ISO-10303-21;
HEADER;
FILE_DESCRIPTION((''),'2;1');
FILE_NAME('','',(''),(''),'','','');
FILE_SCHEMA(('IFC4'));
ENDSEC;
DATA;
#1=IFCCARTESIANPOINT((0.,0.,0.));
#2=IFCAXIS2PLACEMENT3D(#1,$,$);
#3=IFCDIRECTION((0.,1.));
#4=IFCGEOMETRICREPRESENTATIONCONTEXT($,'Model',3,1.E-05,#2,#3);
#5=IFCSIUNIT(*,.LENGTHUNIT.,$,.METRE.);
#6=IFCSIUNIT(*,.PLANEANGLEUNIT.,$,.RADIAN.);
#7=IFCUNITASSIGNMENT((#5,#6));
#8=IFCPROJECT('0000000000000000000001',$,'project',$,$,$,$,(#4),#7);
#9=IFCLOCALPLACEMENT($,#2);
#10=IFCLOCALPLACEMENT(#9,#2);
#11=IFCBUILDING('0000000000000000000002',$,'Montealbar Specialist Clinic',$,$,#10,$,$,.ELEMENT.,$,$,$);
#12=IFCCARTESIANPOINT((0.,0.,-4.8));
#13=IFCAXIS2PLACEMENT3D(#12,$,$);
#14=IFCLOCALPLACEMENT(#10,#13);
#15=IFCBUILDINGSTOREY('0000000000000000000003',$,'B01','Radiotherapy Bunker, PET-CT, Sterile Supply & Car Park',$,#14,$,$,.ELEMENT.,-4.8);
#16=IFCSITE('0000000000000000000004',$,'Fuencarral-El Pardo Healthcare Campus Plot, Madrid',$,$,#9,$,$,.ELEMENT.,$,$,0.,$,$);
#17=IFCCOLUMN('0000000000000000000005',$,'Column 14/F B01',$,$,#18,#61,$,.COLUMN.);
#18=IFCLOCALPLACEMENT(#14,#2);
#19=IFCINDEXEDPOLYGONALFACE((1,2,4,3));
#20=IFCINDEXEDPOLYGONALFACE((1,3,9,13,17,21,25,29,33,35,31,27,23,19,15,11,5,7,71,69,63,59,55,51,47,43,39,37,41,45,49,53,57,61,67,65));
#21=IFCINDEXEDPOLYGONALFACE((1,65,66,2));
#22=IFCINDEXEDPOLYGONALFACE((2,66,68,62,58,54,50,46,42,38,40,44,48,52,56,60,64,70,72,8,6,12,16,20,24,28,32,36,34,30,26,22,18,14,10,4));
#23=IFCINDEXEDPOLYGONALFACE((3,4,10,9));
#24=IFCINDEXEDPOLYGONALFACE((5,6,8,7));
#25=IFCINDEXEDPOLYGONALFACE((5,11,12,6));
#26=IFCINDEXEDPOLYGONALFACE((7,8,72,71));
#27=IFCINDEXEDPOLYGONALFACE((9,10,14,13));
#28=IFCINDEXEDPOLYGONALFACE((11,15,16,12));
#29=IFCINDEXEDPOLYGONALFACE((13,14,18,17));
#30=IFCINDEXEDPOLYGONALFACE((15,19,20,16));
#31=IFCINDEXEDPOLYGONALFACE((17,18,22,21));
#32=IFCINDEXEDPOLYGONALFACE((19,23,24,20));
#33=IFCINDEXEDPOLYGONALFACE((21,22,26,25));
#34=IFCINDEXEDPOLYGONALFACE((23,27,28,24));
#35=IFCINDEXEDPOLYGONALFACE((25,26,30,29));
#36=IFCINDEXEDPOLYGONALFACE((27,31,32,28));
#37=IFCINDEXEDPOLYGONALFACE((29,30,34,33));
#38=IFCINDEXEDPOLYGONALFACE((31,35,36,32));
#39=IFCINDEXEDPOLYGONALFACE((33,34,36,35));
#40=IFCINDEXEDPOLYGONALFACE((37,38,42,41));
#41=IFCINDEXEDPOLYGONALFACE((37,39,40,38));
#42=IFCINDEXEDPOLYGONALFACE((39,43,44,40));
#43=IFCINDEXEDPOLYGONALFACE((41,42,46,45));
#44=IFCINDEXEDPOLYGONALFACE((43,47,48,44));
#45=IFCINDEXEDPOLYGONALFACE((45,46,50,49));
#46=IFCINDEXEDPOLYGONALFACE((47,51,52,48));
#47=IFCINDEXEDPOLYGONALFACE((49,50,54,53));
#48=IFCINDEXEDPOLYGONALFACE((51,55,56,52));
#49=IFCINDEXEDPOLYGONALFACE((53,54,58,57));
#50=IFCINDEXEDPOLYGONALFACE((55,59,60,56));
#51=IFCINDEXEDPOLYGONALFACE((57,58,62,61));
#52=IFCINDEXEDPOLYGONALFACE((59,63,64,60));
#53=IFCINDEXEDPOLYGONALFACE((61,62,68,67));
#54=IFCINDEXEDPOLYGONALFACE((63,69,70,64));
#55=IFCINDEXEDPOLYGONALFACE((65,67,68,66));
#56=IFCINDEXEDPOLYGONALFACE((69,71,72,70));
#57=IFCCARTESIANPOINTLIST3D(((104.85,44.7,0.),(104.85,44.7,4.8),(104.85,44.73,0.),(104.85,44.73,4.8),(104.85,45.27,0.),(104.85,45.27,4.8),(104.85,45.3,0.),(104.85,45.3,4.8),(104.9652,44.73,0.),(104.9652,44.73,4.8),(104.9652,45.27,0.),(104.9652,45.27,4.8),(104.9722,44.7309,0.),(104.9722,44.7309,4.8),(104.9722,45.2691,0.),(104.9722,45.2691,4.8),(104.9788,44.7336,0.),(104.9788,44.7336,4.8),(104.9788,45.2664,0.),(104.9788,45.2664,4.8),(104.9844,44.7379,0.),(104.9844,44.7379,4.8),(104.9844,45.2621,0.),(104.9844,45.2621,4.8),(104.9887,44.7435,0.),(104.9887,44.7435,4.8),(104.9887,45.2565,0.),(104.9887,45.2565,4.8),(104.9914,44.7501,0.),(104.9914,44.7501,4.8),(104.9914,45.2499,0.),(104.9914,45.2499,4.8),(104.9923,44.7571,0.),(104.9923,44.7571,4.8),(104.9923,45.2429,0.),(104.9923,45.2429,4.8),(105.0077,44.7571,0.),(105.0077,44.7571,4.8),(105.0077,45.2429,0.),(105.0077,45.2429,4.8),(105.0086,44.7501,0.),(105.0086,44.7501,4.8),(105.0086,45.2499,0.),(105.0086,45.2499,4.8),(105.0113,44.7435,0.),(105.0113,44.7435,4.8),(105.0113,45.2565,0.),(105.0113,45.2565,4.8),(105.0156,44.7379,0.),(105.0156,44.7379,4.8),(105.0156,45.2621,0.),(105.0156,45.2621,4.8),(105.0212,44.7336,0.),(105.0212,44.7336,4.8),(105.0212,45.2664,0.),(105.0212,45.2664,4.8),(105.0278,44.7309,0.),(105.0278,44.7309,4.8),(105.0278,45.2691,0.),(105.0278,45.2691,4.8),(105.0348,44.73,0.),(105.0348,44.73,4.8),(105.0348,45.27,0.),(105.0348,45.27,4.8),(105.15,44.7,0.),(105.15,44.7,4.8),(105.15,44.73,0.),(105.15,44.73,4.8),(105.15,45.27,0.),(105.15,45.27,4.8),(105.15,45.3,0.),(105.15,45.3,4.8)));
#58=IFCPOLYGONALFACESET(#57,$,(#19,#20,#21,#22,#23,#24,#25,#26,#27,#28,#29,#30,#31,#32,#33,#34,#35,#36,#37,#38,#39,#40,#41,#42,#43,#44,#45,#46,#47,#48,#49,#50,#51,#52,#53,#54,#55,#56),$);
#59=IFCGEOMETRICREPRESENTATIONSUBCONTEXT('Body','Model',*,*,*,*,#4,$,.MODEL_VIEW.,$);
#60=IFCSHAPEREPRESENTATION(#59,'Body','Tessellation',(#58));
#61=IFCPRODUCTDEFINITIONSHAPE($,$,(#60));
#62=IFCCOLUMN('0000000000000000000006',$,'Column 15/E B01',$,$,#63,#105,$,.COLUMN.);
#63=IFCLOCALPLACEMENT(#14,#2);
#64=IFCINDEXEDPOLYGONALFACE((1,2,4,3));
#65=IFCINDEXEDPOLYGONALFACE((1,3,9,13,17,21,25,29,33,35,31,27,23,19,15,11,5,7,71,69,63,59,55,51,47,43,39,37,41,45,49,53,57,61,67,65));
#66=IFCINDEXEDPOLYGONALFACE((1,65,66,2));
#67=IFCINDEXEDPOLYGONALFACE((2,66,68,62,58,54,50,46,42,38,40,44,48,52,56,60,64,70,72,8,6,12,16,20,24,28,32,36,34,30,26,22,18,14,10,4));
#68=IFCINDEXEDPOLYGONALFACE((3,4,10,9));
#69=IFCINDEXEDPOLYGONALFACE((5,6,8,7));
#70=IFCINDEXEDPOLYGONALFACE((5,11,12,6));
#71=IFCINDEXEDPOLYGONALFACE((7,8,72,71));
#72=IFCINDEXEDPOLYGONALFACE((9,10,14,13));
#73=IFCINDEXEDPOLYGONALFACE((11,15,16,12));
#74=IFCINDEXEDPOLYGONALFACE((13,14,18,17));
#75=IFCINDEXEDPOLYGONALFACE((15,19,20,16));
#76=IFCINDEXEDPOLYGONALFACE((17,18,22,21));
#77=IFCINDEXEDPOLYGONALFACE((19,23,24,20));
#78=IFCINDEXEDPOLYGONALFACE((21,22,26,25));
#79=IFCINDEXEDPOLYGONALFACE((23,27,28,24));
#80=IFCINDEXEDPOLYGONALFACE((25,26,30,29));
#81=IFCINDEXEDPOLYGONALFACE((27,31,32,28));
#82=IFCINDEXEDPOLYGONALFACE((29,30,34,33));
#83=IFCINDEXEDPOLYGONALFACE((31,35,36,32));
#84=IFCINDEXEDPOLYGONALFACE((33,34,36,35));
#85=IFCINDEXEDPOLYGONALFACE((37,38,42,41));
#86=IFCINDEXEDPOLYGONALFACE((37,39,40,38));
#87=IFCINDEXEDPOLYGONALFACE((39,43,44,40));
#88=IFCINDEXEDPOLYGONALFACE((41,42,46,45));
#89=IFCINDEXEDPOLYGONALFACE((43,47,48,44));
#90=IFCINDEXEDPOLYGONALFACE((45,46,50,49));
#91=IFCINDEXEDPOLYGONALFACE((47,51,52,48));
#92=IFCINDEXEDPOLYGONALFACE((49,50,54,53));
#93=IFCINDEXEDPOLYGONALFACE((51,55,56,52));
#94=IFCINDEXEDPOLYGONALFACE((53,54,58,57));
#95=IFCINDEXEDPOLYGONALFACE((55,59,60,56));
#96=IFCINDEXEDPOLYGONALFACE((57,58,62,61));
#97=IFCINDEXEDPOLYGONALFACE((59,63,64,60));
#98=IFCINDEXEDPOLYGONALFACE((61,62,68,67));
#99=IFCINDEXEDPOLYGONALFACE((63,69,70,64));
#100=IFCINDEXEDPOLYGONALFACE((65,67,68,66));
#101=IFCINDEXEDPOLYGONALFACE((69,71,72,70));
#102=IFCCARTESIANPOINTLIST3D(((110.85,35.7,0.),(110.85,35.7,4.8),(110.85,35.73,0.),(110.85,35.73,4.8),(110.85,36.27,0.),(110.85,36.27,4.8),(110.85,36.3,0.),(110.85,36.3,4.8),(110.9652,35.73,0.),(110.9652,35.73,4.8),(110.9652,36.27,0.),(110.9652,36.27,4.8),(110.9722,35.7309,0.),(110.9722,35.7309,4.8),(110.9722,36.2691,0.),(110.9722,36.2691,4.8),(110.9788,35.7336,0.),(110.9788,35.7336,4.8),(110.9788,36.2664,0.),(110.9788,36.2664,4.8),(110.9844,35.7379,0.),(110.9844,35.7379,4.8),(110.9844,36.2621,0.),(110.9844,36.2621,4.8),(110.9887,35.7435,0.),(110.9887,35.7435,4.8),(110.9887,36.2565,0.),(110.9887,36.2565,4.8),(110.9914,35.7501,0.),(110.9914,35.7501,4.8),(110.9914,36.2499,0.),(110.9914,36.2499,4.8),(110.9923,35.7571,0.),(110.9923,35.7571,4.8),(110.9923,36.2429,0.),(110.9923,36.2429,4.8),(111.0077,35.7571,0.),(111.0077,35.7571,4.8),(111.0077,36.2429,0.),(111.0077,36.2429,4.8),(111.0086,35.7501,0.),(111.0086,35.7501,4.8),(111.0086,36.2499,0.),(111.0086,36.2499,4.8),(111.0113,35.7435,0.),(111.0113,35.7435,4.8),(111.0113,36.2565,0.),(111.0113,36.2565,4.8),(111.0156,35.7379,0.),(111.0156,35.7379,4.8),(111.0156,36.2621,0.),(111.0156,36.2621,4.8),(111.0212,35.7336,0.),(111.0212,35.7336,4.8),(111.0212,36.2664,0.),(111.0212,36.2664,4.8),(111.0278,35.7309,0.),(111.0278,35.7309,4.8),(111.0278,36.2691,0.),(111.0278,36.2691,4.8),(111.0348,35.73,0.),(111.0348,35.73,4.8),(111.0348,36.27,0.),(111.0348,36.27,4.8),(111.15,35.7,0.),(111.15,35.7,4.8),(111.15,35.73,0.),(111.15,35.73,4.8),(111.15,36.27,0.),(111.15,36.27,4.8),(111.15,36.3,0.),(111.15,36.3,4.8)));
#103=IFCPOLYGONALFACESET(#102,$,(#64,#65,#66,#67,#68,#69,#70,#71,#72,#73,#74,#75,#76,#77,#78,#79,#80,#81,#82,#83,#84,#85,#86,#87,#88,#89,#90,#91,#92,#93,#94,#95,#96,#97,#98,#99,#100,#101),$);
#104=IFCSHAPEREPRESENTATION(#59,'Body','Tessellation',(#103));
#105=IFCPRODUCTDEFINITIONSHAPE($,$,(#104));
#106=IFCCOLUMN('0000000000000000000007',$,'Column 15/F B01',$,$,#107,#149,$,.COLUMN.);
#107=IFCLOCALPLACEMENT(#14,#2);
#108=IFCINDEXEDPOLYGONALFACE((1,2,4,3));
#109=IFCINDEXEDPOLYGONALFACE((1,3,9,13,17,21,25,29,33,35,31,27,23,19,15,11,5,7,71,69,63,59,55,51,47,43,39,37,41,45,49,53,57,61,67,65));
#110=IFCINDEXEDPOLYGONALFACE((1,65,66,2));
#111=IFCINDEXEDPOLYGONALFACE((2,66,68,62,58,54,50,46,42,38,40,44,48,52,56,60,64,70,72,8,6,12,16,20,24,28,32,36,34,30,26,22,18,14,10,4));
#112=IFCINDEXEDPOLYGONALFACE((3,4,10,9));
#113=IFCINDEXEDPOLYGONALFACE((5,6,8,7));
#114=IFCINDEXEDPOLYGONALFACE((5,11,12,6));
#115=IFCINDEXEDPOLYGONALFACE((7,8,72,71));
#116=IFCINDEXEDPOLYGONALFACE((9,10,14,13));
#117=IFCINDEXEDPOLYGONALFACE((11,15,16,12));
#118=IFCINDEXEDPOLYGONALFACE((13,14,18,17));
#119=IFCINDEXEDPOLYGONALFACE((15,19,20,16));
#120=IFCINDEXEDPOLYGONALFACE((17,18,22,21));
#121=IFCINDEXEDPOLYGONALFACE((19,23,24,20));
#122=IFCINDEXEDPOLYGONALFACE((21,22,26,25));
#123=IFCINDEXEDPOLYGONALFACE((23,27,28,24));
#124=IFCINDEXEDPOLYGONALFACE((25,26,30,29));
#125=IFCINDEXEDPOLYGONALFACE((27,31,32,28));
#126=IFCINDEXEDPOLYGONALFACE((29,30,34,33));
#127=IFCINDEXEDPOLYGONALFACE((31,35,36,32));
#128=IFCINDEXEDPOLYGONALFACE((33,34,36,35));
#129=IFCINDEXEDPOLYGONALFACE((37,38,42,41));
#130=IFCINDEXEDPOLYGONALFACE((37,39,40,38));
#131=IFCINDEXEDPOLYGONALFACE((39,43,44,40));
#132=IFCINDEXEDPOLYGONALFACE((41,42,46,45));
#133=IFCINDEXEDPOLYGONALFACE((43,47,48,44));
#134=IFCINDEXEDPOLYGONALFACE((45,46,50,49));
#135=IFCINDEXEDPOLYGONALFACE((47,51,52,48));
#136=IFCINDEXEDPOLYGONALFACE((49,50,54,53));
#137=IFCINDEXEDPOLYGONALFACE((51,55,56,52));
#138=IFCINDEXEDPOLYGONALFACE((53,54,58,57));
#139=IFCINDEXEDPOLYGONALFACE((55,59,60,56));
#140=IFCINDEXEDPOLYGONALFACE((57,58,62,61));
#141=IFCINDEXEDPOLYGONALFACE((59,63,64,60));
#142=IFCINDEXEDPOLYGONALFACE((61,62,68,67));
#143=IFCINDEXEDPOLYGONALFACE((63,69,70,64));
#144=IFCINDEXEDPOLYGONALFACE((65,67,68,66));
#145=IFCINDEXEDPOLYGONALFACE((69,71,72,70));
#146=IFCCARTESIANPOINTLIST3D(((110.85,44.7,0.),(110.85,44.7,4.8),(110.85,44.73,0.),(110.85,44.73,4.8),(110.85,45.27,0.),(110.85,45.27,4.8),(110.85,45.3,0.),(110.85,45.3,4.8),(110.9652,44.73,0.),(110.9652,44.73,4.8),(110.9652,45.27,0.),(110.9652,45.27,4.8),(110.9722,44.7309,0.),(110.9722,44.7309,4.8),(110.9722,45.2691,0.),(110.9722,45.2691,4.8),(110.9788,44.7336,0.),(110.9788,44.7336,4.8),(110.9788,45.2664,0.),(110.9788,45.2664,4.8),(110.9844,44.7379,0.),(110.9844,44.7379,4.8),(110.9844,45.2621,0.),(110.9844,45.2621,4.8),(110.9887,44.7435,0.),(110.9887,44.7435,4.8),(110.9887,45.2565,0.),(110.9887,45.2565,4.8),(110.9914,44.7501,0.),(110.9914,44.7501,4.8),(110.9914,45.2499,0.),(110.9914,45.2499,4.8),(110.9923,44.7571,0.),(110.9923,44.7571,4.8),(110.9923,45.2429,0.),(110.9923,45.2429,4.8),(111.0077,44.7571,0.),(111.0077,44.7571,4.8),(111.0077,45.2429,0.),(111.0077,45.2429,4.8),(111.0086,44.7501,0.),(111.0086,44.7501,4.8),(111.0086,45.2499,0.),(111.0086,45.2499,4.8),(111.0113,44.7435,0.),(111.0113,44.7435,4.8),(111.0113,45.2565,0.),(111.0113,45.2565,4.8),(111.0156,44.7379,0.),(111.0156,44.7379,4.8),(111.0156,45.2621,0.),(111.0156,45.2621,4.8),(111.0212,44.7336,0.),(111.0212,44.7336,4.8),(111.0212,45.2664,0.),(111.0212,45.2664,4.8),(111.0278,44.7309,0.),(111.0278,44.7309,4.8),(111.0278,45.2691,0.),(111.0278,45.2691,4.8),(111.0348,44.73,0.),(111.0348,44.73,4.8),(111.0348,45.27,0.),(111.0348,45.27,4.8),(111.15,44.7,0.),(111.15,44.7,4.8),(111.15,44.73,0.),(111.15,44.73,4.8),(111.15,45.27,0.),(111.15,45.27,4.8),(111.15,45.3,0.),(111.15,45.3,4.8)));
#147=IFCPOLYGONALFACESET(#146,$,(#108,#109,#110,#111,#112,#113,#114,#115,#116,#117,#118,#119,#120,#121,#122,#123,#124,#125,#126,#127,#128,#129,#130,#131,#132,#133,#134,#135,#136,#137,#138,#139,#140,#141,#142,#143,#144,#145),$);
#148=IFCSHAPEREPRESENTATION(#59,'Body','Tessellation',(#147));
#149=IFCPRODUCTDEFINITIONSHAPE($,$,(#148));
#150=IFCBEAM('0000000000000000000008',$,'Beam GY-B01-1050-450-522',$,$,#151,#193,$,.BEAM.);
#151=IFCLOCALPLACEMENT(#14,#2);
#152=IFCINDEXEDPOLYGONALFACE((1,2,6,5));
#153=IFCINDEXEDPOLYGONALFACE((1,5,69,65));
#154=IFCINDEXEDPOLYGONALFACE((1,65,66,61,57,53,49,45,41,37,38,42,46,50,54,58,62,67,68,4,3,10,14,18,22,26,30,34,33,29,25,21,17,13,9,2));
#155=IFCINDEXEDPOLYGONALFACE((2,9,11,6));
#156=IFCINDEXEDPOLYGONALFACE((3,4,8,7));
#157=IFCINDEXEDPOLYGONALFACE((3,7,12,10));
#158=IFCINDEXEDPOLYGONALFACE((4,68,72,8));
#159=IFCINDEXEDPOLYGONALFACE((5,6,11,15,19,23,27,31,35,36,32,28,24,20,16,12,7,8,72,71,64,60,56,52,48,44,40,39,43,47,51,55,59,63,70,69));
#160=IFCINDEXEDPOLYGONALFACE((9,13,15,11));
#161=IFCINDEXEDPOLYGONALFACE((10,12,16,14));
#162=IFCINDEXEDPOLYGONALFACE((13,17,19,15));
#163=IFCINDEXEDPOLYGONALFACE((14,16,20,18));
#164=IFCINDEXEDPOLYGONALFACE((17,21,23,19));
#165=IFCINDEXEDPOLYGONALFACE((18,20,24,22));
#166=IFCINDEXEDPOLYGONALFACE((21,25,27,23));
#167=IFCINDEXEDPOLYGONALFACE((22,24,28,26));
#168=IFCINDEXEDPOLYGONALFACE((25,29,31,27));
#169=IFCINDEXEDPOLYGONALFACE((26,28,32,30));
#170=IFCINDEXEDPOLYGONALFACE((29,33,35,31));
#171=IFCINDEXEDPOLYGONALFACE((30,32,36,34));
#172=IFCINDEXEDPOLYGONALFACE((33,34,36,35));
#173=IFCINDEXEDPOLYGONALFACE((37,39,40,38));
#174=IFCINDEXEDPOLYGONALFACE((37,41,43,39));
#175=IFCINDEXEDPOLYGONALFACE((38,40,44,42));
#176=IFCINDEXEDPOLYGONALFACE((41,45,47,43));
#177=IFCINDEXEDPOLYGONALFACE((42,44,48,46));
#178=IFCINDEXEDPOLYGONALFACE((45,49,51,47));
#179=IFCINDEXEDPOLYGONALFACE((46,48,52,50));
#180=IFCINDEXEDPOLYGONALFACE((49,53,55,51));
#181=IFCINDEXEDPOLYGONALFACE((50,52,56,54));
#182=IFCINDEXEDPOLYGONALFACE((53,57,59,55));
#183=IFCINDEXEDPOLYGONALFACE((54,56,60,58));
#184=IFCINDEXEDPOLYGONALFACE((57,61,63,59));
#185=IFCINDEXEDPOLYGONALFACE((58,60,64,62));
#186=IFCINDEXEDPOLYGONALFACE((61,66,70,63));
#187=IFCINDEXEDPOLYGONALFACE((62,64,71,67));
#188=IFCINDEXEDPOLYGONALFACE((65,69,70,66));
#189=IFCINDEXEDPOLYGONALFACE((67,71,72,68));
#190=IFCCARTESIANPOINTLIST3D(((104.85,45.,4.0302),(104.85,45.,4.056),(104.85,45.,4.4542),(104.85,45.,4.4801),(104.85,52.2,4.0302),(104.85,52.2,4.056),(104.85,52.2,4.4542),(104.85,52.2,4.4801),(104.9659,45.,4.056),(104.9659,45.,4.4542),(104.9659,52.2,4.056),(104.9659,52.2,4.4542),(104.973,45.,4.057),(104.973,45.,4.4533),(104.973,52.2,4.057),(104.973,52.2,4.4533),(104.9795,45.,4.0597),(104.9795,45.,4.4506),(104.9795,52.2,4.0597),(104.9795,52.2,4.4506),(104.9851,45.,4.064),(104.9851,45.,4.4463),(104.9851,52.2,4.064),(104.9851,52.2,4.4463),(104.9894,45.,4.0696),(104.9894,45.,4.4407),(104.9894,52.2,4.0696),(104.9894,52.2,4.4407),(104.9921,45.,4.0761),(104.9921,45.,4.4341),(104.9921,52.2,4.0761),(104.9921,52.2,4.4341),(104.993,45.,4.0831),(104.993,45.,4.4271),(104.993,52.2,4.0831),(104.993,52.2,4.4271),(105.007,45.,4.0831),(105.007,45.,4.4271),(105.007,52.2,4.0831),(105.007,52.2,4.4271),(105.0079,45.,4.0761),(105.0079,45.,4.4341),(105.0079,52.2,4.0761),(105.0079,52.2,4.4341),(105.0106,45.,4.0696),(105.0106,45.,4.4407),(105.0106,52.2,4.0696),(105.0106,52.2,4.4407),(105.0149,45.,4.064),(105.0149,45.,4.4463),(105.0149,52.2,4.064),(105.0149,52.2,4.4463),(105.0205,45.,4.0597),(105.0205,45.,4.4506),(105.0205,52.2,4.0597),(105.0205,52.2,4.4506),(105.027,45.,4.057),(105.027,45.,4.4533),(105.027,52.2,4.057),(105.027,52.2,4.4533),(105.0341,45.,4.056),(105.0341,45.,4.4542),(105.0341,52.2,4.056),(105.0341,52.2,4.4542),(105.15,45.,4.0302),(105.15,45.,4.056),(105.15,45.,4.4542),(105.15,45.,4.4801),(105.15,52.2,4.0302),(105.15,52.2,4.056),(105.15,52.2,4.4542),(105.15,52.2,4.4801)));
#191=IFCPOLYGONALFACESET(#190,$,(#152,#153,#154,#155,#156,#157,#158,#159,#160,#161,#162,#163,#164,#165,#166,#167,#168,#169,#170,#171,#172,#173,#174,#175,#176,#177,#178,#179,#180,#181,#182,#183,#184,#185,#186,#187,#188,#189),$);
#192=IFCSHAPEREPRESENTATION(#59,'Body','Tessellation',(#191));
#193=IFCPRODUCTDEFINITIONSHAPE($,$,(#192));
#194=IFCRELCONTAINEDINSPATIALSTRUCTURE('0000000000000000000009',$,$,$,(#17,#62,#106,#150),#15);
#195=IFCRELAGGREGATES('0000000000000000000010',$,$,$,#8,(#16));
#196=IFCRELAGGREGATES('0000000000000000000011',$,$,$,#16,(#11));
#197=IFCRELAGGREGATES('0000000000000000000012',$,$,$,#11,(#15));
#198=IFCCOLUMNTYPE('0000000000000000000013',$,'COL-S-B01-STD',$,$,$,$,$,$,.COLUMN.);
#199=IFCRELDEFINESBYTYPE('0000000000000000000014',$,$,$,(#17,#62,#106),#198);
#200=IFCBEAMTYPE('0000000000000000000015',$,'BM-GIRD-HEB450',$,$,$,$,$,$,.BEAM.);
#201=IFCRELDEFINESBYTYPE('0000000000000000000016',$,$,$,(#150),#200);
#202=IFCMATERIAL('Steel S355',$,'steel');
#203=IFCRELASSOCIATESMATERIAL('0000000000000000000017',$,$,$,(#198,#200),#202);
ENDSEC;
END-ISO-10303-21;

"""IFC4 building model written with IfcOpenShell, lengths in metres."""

from ifc_helpers import new_model, si_unit, direction, frame, origin, origin_2d, place, context, subcontext, project, spatial, i_section, extrude, material, material_profile, profile_set, type_object, element, save


model = new_model("IFC4")

# Units and contexts
model_context = context("Model", 3, precision=1e-05, world=origin(), true_north=direction((0.0, 1.0)))
body_context = subcontext(model_context, "Body", "Model", "MODEL_VIEW")
ifc_project = project(units=[si_unit("LENGTHUNIT", "METRE"), si_unit("PLANEANGLEUNIT", "RADIAN")], contexts=[model_context])

# Site, building, storey
site_placement = place(None, origin())
site = spatial("IfcSite", under=ifc_project, at=site_placement, Name="Fuencarral-El Pardo Healthcare Campus Plot, Madrid", CompositionType="ELEMENT", RefElevation=0.0)
building_placement = place(site_placement, origin())
building = spatial("IfcBuilding", under=site, at=building_placement, Name="Montealbar Specialist Clinic", CompositionType="ELEMENT")
storey_placement = place(building_placement, frame((0.0, 0.0, -4.8)))
storey = spatial("IfcBuildingStorey", under=building, at=storey_placement, Name="B01", Description="Radiotherapy Bunker, PET-CT, Sterile Supply & Car Park", CompositionType="ELEMENT", Elevation=-4.8)

# Columns
ifc_material_1 = material(Name="Steel S355", Category="steel")
ifc_material_profile_1 = material_profile(ifc_material_1, i_section(OverallWidth=0.3, OverallDepth=0.6001, WebThickness=0.0154, FlangeThickness=0.03, FilletRadius=0.0271, at=origin_2d()), Name="HEB 600", Category="steel")
ifc_profile_set_1 = profile_set([ifc_material_profile_1], Name="Steel S355")
column_type_1 = type_object("IfcColumnType", Name="COL-S-B01-STD", PredefinedType="COLUMN", material=ifc_profile_set_1)
for number, where, z_axis, x_axis, name in (
    (1, (105.0, 45.0, 0.0), (0.0, 0.0, 1.0), (1.0, 0.0, 0.0), "Column 14/F B01"),
    (2, (111.0, 36.0, 0.0), (0.0, 0.0, 1.0), (1.0, 0.0, 0.0), "Column 15/E B01"),
    (3, (111.0, 45.0, 0.0), (0.0, 0.0, 1.0), (1.0, 0.0, 0.0), "Column 15/F B01"),
):
    element("IfcColumn", number, at=place(storey_placement, frame(where, z_axis=z_axis, x_axis=x_axis)), inside=storey, type_object=column_type_1, Name=name, PredefinedType="COLUMN", context=body_context, shape_type="SweptSolid", body=[
        extrude(i_section(OverallWidth=0.3, OverallDepth=0.6001, WebThickness=0.0154, FlangeThickness=0.03, FilletRadius=0.0271, at=origin_2d()), origin(), (0.0, 0.0, 1.0), 4.8),
    ])

# Beam
ifc_material_profile_2 = material_profile(ifc_material_1, i_section(OverallWidth=0.3, OverallDepth=0.45, WebThickness=0.0139, FlangeThickness=0.0259, FilletRadius=0.0271, at=origin_2d()), Name="HEB 450", Category="steel")
ifc_profile_set_2 = profile_set([ifc_material_profile_2], Name="Steel S355")
beam_type_1 = type_object("IfcBeamType", Name="BM-GIRD-HEB450", PredefinedType="BEAM", material=ifc_profile_set_2)
for number, where, z_axis, x_axis, name in (
    (4, (105.0, 45.0, 4.2551), (0.0, 1.0, 0.0), (-1.0, 0.0, 0.0), "Beam GY-B01-1050-450-522"),
):
    element("IfcBeam", number, at=place(storey_placement, frame(where, z_axis=z_axis, x_axis=x_axis)), inside=storey, type_object=beam_type_1, Name=name, PredefinedType="BEAM", context=body_context, shape_type="SweptSolid", body=[
        extrude(i_section(OverallWidth=0.3, OverallDepth=0.45, WebThickness=0.0139, FlangeThickness=0.0259, FilletRadius=0.0271, at=origin_2d()), origin(), (0.0, 0.0, 1.0), 7.2),
    ])

save(model, "model.ifc")
